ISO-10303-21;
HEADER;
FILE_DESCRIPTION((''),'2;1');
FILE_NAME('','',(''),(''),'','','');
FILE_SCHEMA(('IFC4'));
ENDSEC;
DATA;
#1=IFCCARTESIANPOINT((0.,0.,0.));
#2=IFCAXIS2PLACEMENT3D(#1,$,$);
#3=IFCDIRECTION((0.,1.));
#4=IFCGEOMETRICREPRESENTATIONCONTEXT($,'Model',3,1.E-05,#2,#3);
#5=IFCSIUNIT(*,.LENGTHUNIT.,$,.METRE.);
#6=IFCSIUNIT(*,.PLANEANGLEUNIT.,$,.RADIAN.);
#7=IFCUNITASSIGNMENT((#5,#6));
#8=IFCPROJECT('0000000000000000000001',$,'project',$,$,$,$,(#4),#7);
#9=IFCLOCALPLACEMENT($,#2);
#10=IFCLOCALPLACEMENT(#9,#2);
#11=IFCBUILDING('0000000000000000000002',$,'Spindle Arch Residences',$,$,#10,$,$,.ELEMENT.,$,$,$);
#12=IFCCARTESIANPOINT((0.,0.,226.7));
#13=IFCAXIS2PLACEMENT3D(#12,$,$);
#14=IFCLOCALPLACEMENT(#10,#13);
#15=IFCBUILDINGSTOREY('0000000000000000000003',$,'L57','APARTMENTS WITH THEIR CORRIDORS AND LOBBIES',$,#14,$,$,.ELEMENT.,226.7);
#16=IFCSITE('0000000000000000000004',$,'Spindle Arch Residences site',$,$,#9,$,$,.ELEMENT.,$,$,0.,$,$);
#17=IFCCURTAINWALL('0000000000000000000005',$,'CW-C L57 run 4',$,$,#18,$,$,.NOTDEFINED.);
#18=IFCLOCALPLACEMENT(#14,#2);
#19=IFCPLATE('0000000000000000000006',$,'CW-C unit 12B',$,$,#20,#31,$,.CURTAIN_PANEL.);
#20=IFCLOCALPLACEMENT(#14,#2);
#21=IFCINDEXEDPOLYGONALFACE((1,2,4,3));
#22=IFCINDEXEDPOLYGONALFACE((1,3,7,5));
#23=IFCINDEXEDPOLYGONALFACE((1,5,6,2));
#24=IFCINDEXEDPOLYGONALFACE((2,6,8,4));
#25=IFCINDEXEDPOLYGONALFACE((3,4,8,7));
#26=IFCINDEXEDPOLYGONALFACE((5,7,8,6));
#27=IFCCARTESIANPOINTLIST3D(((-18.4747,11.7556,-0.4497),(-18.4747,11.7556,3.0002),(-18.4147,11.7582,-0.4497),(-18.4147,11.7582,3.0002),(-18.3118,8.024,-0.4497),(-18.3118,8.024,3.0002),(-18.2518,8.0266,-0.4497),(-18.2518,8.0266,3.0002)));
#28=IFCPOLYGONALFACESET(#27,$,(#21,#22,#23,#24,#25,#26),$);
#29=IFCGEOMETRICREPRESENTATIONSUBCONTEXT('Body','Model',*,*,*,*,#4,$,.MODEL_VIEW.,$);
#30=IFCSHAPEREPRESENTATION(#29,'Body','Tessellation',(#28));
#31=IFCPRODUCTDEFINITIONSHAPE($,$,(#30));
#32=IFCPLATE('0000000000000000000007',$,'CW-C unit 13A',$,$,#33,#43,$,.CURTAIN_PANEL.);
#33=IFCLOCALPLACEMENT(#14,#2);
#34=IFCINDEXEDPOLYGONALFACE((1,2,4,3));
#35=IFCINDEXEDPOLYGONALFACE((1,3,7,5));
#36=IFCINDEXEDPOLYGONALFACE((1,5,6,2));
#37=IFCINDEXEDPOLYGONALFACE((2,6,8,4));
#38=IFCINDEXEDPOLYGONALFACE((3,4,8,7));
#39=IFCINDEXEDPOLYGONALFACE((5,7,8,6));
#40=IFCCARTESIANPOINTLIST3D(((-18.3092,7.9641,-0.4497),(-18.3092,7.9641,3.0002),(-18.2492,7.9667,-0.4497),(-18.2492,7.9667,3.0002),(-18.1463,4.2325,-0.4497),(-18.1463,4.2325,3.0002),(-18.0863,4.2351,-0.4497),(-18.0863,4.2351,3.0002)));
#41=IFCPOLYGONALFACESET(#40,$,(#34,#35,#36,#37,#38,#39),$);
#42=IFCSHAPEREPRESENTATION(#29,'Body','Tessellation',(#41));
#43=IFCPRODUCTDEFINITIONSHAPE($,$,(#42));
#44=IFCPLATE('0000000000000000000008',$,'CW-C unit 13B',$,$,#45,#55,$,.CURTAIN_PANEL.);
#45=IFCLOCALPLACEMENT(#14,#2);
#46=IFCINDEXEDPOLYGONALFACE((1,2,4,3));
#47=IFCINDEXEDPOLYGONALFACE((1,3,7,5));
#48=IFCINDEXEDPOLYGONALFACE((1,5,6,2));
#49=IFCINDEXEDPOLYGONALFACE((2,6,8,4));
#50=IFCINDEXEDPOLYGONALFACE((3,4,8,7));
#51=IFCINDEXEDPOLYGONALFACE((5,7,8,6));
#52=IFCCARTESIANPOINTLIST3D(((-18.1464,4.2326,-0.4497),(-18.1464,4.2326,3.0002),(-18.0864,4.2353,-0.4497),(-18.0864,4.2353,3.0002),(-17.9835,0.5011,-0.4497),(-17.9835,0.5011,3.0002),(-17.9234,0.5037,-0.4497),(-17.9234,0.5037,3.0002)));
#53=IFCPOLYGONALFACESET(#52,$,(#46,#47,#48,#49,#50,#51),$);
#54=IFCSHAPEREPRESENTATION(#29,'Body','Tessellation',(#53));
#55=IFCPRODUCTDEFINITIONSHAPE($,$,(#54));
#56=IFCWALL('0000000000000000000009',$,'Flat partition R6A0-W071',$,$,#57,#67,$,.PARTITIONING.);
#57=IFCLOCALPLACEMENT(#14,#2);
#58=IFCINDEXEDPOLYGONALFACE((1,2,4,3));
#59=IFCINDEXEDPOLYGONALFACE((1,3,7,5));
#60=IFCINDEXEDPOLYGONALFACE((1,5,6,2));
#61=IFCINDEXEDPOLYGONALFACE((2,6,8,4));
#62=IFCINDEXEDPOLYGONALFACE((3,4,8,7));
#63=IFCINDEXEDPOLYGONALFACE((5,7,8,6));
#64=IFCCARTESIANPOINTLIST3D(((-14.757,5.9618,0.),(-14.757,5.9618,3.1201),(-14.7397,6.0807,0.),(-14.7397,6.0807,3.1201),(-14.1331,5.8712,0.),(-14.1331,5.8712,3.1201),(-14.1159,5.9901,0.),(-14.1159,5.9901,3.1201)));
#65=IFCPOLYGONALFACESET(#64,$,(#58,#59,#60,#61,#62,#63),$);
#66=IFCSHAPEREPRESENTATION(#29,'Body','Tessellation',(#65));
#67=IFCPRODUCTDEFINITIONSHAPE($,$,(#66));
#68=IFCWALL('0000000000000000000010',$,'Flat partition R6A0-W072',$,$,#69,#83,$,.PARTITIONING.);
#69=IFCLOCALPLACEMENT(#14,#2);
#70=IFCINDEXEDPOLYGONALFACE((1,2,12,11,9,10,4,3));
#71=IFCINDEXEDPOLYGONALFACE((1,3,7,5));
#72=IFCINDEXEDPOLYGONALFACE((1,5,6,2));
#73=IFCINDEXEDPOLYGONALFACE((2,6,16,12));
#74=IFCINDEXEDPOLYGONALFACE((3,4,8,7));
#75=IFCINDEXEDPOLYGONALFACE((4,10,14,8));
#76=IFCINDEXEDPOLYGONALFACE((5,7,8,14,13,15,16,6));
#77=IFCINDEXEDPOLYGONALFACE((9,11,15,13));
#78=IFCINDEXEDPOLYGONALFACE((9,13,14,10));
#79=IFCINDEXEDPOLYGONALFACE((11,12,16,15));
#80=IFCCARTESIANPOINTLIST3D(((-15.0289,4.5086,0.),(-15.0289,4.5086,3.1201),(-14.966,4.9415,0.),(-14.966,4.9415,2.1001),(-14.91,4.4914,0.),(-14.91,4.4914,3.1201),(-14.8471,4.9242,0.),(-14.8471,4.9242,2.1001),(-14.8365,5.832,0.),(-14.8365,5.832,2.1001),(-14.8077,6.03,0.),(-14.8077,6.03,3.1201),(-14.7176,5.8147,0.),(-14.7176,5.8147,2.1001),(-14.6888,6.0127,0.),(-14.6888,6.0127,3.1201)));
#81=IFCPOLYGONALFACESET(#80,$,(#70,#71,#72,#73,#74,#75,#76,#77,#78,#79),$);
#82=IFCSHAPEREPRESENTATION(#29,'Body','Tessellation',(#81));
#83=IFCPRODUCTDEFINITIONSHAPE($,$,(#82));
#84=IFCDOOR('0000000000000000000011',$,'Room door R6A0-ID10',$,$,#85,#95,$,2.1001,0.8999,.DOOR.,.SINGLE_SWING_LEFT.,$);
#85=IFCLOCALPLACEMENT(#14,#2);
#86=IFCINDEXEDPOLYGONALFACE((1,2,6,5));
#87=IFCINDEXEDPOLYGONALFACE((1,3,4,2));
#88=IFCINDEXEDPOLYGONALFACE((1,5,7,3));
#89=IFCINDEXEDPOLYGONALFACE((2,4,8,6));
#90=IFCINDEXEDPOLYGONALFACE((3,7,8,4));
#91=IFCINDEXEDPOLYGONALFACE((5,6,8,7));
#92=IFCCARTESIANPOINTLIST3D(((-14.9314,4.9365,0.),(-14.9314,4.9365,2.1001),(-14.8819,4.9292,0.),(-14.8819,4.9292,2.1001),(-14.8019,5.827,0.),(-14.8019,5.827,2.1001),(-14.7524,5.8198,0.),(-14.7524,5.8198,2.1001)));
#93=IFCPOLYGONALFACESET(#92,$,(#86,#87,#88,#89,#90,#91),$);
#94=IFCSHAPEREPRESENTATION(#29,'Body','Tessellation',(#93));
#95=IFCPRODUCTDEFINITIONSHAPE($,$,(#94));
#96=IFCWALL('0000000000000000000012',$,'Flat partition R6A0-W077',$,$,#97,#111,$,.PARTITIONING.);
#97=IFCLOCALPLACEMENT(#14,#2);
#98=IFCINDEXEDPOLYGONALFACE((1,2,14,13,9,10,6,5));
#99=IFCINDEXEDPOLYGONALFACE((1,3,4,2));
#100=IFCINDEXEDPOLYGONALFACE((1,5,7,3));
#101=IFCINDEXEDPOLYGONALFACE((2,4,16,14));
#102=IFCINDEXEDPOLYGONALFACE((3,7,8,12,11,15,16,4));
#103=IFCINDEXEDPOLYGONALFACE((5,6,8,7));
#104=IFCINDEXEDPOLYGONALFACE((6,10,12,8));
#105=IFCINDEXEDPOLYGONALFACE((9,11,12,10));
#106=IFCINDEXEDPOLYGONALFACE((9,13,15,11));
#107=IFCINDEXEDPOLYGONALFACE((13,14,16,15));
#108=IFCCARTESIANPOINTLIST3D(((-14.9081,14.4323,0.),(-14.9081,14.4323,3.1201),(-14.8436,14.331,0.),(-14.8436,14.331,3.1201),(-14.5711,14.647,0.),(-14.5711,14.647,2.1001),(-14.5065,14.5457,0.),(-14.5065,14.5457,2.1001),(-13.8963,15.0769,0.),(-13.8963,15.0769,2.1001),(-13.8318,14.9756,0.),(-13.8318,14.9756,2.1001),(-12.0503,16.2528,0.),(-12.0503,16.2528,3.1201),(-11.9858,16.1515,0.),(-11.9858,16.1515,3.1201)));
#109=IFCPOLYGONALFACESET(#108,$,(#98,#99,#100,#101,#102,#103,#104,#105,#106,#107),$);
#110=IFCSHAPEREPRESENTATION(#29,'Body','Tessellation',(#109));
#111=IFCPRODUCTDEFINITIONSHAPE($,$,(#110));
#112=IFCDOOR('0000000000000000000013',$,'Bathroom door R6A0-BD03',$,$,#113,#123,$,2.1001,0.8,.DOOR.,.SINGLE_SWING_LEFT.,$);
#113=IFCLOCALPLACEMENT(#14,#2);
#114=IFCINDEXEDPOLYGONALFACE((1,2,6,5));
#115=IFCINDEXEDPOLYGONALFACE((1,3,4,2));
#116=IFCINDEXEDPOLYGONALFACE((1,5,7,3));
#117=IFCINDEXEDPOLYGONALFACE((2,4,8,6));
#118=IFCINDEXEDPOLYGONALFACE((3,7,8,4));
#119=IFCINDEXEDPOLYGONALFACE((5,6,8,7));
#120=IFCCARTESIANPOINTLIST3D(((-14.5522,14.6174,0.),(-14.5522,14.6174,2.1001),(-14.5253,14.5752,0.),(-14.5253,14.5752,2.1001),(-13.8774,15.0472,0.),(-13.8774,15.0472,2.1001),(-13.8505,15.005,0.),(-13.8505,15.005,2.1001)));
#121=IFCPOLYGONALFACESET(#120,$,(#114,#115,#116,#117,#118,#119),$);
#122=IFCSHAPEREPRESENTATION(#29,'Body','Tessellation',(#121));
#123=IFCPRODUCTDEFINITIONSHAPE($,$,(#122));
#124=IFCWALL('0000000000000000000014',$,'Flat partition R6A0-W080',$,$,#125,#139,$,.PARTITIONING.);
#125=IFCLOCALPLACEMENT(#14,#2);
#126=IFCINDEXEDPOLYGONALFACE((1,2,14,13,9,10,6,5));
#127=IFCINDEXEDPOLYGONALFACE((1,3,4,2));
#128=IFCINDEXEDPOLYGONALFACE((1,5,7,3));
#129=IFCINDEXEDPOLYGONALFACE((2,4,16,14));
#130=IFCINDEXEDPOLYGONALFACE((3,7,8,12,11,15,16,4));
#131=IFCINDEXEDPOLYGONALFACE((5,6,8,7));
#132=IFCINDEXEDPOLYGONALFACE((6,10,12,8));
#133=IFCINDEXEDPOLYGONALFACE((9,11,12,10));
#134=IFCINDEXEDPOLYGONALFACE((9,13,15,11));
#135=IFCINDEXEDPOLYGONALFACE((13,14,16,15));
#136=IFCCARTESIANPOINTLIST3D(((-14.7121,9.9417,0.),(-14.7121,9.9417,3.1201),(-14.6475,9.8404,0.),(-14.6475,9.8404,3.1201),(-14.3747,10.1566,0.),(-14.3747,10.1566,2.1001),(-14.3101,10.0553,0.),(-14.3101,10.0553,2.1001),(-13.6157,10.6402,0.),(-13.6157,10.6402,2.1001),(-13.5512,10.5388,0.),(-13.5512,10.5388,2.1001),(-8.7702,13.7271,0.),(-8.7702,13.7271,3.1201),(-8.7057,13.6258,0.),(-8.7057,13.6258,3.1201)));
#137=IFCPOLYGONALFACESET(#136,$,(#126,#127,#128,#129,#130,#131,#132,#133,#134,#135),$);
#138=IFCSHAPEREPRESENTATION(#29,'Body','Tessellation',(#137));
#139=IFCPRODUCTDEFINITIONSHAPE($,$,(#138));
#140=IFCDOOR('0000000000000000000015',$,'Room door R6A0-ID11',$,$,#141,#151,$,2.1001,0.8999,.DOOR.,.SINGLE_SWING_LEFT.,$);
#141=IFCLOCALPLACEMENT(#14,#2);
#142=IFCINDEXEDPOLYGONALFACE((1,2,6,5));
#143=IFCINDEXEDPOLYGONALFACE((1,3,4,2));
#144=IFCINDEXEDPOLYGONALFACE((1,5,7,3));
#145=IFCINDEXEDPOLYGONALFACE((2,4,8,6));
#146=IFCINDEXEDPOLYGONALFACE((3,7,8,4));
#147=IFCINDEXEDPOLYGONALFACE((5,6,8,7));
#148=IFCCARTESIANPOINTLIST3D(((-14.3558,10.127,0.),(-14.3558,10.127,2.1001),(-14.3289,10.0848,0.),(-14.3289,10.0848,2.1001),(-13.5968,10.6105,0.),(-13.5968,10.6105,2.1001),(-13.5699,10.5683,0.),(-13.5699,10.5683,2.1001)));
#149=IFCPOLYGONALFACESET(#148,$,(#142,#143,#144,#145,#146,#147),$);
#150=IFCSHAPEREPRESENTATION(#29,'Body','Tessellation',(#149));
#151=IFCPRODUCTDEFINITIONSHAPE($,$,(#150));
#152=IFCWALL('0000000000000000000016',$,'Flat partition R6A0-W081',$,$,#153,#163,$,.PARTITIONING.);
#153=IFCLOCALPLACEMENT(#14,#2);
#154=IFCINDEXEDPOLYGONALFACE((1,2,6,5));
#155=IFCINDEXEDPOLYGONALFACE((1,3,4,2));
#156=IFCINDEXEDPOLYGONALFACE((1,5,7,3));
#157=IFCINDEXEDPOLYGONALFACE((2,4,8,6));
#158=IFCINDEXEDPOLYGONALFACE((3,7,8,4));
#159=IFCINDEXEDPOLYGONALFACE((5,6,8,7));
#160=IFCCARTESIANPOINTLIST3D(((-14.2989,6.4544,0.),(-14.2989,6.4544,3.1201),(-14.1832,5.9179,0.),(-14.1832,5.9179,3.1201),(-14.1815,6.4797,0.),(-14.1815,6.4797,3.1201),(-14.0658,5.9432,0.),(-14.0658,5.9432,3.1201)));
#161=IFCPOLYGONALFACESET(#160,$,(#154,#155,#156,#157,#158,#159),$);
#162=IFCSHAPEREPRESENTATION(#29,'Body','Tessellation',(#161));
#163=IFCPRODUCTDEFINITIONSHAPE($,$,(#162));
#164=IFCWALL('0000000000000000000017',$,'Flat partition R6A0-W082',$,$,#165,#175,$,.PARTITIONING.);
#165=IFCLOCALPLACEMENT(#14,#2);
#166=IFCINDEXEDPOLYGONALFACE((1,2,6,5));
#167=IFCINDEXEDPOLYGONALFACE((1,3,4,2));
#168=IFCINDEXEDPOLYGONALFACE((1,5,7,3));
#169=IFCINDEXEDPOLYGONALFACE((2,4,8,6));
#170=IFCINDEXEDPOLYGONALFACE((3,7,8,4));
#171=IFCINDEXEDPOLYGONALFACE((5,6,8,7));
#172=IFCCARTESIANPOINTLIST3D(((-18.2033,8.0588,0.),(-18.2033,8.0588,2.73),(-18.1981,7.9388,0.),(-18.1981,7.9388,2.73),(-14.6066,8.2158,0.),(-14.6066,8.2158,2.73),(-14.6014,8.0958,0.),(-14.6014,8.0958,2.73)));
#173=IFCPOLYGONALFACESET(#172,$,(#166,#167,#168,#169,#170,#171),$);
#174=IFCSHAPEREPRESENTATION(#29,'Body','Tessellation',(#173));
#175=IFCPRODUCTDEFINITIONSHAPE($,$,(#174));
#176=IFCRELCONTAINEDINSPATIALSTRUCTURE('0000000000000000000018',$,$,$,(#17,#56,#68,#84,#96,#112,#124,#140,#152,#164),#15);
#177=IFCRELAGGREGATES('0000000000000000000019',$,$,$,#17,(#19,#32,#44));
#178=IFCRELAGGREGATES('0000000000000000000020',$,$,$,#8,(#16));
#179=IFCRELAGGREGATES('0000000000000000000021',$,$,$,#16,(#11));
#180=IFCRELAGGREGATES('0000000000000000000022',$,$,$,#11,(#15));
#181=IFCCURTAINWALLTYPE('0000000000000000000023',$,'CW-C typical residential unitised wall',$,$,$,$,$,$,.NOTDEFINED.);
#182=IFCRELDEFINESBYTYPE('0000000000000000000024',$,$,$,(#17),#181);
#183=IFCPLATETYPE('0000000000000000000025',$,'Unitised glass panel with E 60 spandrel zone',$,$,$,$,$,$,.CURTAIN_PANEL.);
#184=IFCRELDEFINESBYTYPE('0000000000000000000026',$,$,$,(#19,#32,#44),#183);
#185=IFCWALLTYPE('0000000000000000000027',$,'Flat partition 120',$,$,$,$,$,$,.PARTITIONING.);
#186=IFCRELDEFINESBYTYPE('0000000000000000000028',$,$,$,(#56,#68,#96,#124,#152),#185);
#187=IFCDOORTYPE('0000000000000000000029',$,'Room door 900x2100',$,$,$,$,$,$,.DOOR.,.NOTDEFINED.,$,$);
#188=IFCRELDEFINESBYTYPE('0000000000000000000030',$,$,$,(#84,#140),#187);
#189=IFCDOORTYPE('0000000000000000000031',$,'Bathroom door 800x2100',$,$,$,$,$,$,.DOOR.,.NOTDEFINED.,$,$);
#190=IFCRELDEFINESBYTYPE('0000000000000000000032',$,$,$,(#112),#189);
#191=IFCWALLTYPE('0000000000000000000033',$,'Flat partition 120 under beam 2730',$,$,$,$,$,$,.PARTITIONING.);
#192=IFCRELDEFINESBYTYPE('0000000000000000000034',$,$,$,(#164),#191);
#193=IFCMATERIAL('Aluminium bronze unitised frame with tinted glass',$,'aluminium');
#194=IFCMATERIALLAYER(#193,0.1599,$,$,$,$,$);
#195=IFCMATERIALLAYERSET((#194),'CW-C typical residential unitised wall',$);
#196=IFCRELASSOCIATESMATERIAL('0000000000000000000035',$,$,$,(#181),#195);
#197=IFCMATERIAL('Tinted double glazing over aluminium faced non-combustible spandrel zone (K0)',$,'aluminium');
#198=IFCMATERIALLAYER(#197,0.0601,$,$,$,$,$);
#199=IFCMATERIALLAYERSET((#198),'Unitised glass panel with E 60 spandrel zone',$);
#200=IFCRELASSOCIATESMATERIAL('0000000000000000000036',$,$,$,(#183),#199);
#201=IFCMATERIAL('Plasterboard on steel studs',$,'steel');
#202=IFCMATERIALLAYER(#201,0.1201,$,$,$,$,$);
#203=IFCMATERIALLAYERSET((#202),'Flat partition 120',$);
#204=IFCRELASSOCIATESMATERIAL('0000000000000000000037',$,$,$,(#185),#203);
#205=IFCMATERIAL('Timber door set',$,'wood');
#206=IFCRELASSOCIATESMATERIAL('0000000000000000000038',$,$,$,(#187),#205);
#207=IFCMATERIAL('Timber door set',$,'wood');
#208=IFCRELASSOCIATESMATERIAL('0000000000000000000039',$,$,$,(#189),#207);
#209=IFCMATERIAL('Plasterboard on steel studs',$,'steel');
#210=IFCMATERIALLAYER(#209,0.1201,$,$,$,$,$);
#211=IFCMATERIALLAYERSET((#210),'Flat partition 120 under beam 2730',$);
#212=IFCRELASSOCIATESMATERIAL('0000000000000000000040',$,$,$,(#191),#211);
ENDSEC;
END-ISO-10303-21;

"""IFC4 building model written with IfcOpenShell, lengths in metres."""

from ifc_helpers import new_model, si_unit, direction, frame, frame_2d, origin, origin_2d, place, context, subcontext, project, spatial, rectangle, extrude, material, layer, layer_set, type_object, element, fill, aggregate, save


model = new_model("IFC4")

# Units and contexts
model_context = context("Model", 3, precision=1e-05, world=origin(), true_north=direction((0.0, 1.0)))
body_context = subcontext(model_context, "Body", "Model", "MODEL_VIEW")
ifc_project = project(units=[si_unit("LENGTHUNIT", "METRE"), si_unit("PLANEANGLEUNIT", "RADIAN")], contexts=[model_context])

# Site, building, storey
site_placement = place(None, origin())
site = spatial("IfcSite", under=ifc_project, at=site_placement, Name="Spindle Arch Residences site", CompositionType="ELEMENT", RefElevation=0.0)
building_placement = place(site_placement, origin())
building = spatial("IfcBuilding", under=site, at=building_placement, Name="Spindle Arch Residences", CompositionType="ELEMENT")
storey_placement = place(building_placement, frame((0.0, 0.0, 226.7)))
storey = spatial("IfcBuildingStorey", under=building, at=storey_placement, Name="L57", Description="APARTMENTS WITH THEIR CORRIDORS AND LOBBIES", CompositionType="ELEMENT", Elevation=226.7)

# Curtain wall
ifc_material_1 = material(Name="Aluminium bronze unitised frame with tinted glass", Category="aluminium")
ifc_layer_1 = layer(ifc_material_1, 0.1599)
ifc_layer_set_1 = layer_set([ifc_layer_1], Name="CW-C typical residential unitised wall")
curtain_wall_type = type_object("IfcCurtainWallType", Name="CW-C typical residential unitised wall", PredefinedType="NOTDEFINED", material=ifc_layer_set_1)
curtain_wall_placement = place(storey_placement, origin())
curtain_wall = element("IfcCurtainWall", 1, at=curtain_wall_placement, inside=storey, type_object=curtain_wall_type, Name="CW-C L57 run 4", PredefinedType="NOTDEFINED")

# Plates
ifc_material_2 = material(Name="Tinted double glazing over aluminium faced non-combustible spandrel zone (K0)", Category="aluminium")
ifc_layer_2 = layer(ifc_material_2, 0.0601)
ifc_layer_set_2 = layer_set([ifc_layer_2], Name="Unitised glass panel with E 60 spandrel zone")
plate_type = type_object("IfcPlateType", Name="Unitised glass panel with E 60 spandrel zone", PredefinedType="CURTAIN_PANEL", material=ifc_layer_set_2)
plate_1_placement = place(storey_placement, frame((-18.3633, 9.8911, -0.4497), z_axis=(0.0, 0.0, 1.0), x_axis=(0.043619, -0.999048, 0.0)))
plate_1 = element("IfcPlate", 2, at=plate_1_placement, type_object=plate_type, Name="CW-C unit 12B", PredefinedType="CURTAIN_PANEL", context=body_context, shape_type="SweptSolid", body=[
    extrude(rectangle(XDim=3.7351, YDim=0.0601, at=origin_2d()), origin(), (0.0, 0.0, 1.0), 3.45),
])
plate_2_placement = place(storey_placement, frame((-18.1978, 6.0996, -0.4497), z_axis=(0.0, 0.0, 1.0), x_axis=(0.043619, -0.999048, 0.0)))
plate_2 = element("IfcPlate", 3, at=plate_2_placement, type_object=plate_type, Name="CW-C unit 13A", PredefinedType="CURTAIN_PANEL", context=body_context, shape_type="SweptSolid", body=[
    extrude(rectangle(XDim=3.7351, YDim=0.0601, at=origin_2d()), origin(), (0.0, 0.0, 1.0), 3.45),
])
plate_3_placement = place(storey_placement, frame((-18.0349, 2.3682, -0.4497), z_axis=(0.0, 0.0, 1.0), x_axis=(0.043619, -0.999048, 0.0)))
plate_3 = element("IfcPlate", 4, at=plate_3_placement, type_object=plate_type, Name="CW-C unit 13B", PredefinedType="CURTAIN_PANEL", context=body_context, shape_type="SweptSolid", body=[
    extrude(rectangle(XDim=3.7351, YDim=0.0601, at=origin_2d()), origin(), (0.0, 0.0, 1.0), 3.45),
])
aggregate(curtain_wall, [plate_1, plate_2, plate_3])

# Wall
ifc_material_3 = material(Name="Plasterboard on steel studs", Category="steel")
ifc_layer_3 = layer(ifc_material_3, 0.1201)
ifc_layer_set_3 = layer_set([ifc_layer_3], Name="Flat partition 120")
wall_type_1 = type_object("IfcWallType", Name="Flat partition 120", PredefinedType="PARTITIONING", material=ifc_layer_set_3)
wall_1_placement = place(storey_placement, frame((-14.1245, 5.9307, 0.0), z_axis=(0.0, 0.0, 1.0), x_axis=(-0.989622, 0.143698, 0.0)))
element("IfcWall", 5, at=wall_1_placement, inside=storey, type_object=wall_type_1, Name="Flat partition R6A0-W071", PredefinedType="PARTITIONING", context=body_context, shape_type="SweptSolid", body=[
    extrude(rectangle(XDim=0.6304, YDim=0.1201, at=frame_2d((0.3152, 0.0))), origin(), (0.0, 0.0, 1.0), 3.1201),
])

# Walls, openings, doors
wall_2_placement = place(storey_placement, frame((-14.7483, 6.0212, 0.0), z_axis=(0.0, 0.0, 1.0), x_axis=(-0.143889, -0.989594, 0.0)))
wall_2 = element("IfcWall", 6, at=wall_2_placement, inside=storey, type_object=wall_type_1, Name="Flat partition R6A0-W072", PredefinedType="PARTITIONING", context=body_context, shape_type="SweptSolid", body=[
    extrude(rectangle(XDim=1.5374, YDim=0.1201, at=frame_2d((0.7686, 0.0))), origin(), (0.0, 0.0, 1.0), 3.1201),
])
opening_1_placement = place(wall_2_placement, frame((0.2, 0.0, 0.0)))
opening_1 = element("IfcOpeningElement", 7, at=opening_1_placement, cuts=wall_2, PredefinedType="OPENING", context=body_context, shape_type="SweptSolid", body=[
    extrude(rectangle(XDim=0.8999, YDim=2.1001, at=frame_2d((0.45, 1.05))), frame((0.0, 0.0701, 0.0), z_axis=(0.0, -1.0, 0.0), x_axis=(1.0, 0.0, 0.0)), (0.0, 0.0, 1.0), 0.1401),
])
ifc_material_4 = material(Name="Timber door set", Category="wood")
door_type_1 = type_object("IfcDoorType", Name="Room door 900x2100", OperationType="NOTDEFINED", PredefinedType="DOOR", material=ifc_material_4)
door_1_placement = place(opening_1_placement, origin())
door_1 = element("IfcDoor", 8, at=door_1_placement, inside=storey, type_object=door_type_1, Name="Room door R6A0-ID10", OperationType="SINGLE_SWING_LEFT", OverallHeight=2.1001, OverallWidth=0.8999, PredefinedType="DOOR", context=body_context, shape_type="SweptSolid", body=[
    extrude(rectangle(XDim=0.8999, YDim=2.1001, at=frame_2d((0.45, 1.05))), frame((0.0, 0.0249, 0.0), z_axis=(0.0, -1.0, 0.0), x_axis=(1.0, 0.0, 0.0)), (0.0, 0.0, 1.0), 0.05),
])
fill(opening_1, door_1)
wall_3_placement = place(storey_placement, frame((-14.876, 14.3816, 0.0), z_axis=(0.0, 0.0, 1.0), x_axis=(0.843409, 0.537272, 0.0)))
wall_3 = element("IfcWall", 9, at=wall_3_placement, inside=storey, type_object=wall_type_1, Name="Flat partition R6A0-W077", PredefinedType="PARTITIONING", context=body_context, shape_type="SweptSolid", body=[
    extrude(rectangle(XDim=3.3884, YDim=0.1201, at=frame_2d((1.6943, 0.0))), origin(), (0.0, 0.0, 1.0), 3.1201),
])
opening_2_placement = place(wall_3_placement, frame((0.3999, 0.0, 0.0)))
opening_2 = element("IfcOpeningElement", 10, at=opening_2_placement, cuts=wall_3, PredefinedType="OPENING", context=body_context, shape_type="SweptSolid", body=[
    extrude(rectangle(XDim=0.8, YDim=2.1001, at=frame_2d((0.3999, 1.05))), frame((0.0, 0.0701, 0.0), z_axis=(0.0, -1.0, 0.0), x_axis=(1.0, 0.0, 0.0)), (0.0, 0.0, 1.0), 0.1401),
])
ifc_material_5 = material(Name="Timber door set", Category="wood")
door_type_2 = type_object("IfcDoorType", Name="Bathroom door 800x2100", OperationType="NOTDEFINED", PredefinedType="DOOR", material=ifc_material_5)
door_2_placement = place(opening_2_placement, origin())
door_2 = element("IfcDoor", 11, at=door_2_placement, inside=storey, type_object=door_type_2, Name="Bathroom door R6A0-BD03", OperationType="SINGLE_SWING_LEFT", OverallHeight=2.1001, OverallWidth=0.8, PredefinedType="DOOR", context=body_context, shape_type="SweptSolid", body=[
    extrude(rectangle(XDim=0.8, YDim=2.1001, at=frame_2d((0.3999, 1.05))), frame((0.0, 0.0249, 0.0), z_axis=(0.0, -1.0, 0.0), x_axis=(1.0, 0.0, 0.0)), (0.0, 0.0, 1.0), 0.05),
])
fill(opening_2, door_2)
wall_4_placement = place(storey_placement, frame((-14.6797, 9.8911, 0.0), z_axis=(0.0, 0.0, 1.0), x_axis=(0.843392, 0.537299, 0.0)))
wall_4 = element("IfcWall", 12, at=wall_4_placement, inside=storey, type_object=wall_type_1, Name="Flat partition R6A0-W080", PredefinedType="PARTITIONING", context=body_context, shape_type="SweptSolid", body=[
    extrude(rectangle(XDim=7.0452, YDim=0.1201, at=frame_2d((3.5225, 0.0))), origin(), (0.0, 0.0, 1.0), 3.1201),
])
opening_3_placement = place(wall_4_placement, frame((0.3999, 0.0, 0.0)))
opening_3 = element("IfcOpeningElement", 13, at=opening_3_placement, cuts=wall_4, PredefinedType="OPENING", context=body_context, shape_type="SweptSolid", body=[
    extrude(rectangle(XDim=0.8999, YDim=2.1001, at=frame_2d((0.45, 1.05))), frame((0.0, 0.0701, 0.0), z_axis=(0.0, -1.0, 0.0), x_axis=(1.0, 0.0, 0.0)), (0.0, 0.0, 1.0), 0.1401),
])
door_3_placement = place(opening_3_placement, origin())
door_3 = element("IfcDoor", 14, at=door_3_placement, inside=storey, type_object=door_type_1, Name="Room door R6A0-ID11", OperationType="SINGLE_SWING_LEFT", OverallHeight=2.1001, OverallWidth=0.8999, PredefinedType="DOOR", context=body_context, shape_type="SweptSolid", body=[
    extrude(rectangle(XDim=0.8999, YDim=2.1001, at=frame_2d((0.45, 1.05))), frame((0.0, 0.0249, 0.0), z_axis=(0.0, -1.0, 0.0), x_axis=(1.0, 0.0, 0.0)), (0.0, 0.0, 1.0), 0.05),
])
fill(opening_3, door_3)

# Walls
wall_5_placement = place(storey_placement, frame((-14.2402, 6.467, 0.0), z_axis=(0.0, 0.0, 1.0), x_axis=(0.210896, -0.977508, 0.0)))
element("IfcWall", 15, at=wall_5_placement, inside=storey, type_object=wall_type_1, Name="Flat partition R6A0-W081", PredefinedType="PARTITIONING", context=body_context, shape_type="SweptSolid", body=[
    extrude(rectangle(XDim=0.5488, YDim=0.1201, at=frame_2d((0.2744, 0.0))), origin(), (0.0, 0.0, 1.0), 3.1201),
])
ifc_material_6 = material(Name="Plasterboard on steel studs", Category="steel")
ifc_layer_4 = layer(ifc_material_6, 0.1201)
ifc_layer_set_4 = layer_set([ifc_layer_4], Name="Flat partition 120 under beam 2730")
wall_type_2 = type_object("IfcWallType", Name="Flat partition 120 under beam 2730", PredefinedType="PARTITIONING", material=ifc_layer_set_4)
wall_6_placement = place(storey_placement, frame((-18.2007, 7.9988, 0.0), z_axis=(0.0, 0.0, 1.0), x_axis=(0.999049, 0.043605, 0.0)))
element("IfcWall", 16, at=wall_6_placement, inside=storey, type_object=wall_type_2, Name="Flat partition R6A0-W082", PredefinedType="PARTITIONING", context=body_context, shape_type="SweptSolid", body=[
    extrude(rectangle(XDim=3.6001, YDim=0.1201, at=frame_2d((1.8, 0.0))), origin(), (0.0, 0.0, 1.0), 2.73),
])

save(model, "model.ifc")
